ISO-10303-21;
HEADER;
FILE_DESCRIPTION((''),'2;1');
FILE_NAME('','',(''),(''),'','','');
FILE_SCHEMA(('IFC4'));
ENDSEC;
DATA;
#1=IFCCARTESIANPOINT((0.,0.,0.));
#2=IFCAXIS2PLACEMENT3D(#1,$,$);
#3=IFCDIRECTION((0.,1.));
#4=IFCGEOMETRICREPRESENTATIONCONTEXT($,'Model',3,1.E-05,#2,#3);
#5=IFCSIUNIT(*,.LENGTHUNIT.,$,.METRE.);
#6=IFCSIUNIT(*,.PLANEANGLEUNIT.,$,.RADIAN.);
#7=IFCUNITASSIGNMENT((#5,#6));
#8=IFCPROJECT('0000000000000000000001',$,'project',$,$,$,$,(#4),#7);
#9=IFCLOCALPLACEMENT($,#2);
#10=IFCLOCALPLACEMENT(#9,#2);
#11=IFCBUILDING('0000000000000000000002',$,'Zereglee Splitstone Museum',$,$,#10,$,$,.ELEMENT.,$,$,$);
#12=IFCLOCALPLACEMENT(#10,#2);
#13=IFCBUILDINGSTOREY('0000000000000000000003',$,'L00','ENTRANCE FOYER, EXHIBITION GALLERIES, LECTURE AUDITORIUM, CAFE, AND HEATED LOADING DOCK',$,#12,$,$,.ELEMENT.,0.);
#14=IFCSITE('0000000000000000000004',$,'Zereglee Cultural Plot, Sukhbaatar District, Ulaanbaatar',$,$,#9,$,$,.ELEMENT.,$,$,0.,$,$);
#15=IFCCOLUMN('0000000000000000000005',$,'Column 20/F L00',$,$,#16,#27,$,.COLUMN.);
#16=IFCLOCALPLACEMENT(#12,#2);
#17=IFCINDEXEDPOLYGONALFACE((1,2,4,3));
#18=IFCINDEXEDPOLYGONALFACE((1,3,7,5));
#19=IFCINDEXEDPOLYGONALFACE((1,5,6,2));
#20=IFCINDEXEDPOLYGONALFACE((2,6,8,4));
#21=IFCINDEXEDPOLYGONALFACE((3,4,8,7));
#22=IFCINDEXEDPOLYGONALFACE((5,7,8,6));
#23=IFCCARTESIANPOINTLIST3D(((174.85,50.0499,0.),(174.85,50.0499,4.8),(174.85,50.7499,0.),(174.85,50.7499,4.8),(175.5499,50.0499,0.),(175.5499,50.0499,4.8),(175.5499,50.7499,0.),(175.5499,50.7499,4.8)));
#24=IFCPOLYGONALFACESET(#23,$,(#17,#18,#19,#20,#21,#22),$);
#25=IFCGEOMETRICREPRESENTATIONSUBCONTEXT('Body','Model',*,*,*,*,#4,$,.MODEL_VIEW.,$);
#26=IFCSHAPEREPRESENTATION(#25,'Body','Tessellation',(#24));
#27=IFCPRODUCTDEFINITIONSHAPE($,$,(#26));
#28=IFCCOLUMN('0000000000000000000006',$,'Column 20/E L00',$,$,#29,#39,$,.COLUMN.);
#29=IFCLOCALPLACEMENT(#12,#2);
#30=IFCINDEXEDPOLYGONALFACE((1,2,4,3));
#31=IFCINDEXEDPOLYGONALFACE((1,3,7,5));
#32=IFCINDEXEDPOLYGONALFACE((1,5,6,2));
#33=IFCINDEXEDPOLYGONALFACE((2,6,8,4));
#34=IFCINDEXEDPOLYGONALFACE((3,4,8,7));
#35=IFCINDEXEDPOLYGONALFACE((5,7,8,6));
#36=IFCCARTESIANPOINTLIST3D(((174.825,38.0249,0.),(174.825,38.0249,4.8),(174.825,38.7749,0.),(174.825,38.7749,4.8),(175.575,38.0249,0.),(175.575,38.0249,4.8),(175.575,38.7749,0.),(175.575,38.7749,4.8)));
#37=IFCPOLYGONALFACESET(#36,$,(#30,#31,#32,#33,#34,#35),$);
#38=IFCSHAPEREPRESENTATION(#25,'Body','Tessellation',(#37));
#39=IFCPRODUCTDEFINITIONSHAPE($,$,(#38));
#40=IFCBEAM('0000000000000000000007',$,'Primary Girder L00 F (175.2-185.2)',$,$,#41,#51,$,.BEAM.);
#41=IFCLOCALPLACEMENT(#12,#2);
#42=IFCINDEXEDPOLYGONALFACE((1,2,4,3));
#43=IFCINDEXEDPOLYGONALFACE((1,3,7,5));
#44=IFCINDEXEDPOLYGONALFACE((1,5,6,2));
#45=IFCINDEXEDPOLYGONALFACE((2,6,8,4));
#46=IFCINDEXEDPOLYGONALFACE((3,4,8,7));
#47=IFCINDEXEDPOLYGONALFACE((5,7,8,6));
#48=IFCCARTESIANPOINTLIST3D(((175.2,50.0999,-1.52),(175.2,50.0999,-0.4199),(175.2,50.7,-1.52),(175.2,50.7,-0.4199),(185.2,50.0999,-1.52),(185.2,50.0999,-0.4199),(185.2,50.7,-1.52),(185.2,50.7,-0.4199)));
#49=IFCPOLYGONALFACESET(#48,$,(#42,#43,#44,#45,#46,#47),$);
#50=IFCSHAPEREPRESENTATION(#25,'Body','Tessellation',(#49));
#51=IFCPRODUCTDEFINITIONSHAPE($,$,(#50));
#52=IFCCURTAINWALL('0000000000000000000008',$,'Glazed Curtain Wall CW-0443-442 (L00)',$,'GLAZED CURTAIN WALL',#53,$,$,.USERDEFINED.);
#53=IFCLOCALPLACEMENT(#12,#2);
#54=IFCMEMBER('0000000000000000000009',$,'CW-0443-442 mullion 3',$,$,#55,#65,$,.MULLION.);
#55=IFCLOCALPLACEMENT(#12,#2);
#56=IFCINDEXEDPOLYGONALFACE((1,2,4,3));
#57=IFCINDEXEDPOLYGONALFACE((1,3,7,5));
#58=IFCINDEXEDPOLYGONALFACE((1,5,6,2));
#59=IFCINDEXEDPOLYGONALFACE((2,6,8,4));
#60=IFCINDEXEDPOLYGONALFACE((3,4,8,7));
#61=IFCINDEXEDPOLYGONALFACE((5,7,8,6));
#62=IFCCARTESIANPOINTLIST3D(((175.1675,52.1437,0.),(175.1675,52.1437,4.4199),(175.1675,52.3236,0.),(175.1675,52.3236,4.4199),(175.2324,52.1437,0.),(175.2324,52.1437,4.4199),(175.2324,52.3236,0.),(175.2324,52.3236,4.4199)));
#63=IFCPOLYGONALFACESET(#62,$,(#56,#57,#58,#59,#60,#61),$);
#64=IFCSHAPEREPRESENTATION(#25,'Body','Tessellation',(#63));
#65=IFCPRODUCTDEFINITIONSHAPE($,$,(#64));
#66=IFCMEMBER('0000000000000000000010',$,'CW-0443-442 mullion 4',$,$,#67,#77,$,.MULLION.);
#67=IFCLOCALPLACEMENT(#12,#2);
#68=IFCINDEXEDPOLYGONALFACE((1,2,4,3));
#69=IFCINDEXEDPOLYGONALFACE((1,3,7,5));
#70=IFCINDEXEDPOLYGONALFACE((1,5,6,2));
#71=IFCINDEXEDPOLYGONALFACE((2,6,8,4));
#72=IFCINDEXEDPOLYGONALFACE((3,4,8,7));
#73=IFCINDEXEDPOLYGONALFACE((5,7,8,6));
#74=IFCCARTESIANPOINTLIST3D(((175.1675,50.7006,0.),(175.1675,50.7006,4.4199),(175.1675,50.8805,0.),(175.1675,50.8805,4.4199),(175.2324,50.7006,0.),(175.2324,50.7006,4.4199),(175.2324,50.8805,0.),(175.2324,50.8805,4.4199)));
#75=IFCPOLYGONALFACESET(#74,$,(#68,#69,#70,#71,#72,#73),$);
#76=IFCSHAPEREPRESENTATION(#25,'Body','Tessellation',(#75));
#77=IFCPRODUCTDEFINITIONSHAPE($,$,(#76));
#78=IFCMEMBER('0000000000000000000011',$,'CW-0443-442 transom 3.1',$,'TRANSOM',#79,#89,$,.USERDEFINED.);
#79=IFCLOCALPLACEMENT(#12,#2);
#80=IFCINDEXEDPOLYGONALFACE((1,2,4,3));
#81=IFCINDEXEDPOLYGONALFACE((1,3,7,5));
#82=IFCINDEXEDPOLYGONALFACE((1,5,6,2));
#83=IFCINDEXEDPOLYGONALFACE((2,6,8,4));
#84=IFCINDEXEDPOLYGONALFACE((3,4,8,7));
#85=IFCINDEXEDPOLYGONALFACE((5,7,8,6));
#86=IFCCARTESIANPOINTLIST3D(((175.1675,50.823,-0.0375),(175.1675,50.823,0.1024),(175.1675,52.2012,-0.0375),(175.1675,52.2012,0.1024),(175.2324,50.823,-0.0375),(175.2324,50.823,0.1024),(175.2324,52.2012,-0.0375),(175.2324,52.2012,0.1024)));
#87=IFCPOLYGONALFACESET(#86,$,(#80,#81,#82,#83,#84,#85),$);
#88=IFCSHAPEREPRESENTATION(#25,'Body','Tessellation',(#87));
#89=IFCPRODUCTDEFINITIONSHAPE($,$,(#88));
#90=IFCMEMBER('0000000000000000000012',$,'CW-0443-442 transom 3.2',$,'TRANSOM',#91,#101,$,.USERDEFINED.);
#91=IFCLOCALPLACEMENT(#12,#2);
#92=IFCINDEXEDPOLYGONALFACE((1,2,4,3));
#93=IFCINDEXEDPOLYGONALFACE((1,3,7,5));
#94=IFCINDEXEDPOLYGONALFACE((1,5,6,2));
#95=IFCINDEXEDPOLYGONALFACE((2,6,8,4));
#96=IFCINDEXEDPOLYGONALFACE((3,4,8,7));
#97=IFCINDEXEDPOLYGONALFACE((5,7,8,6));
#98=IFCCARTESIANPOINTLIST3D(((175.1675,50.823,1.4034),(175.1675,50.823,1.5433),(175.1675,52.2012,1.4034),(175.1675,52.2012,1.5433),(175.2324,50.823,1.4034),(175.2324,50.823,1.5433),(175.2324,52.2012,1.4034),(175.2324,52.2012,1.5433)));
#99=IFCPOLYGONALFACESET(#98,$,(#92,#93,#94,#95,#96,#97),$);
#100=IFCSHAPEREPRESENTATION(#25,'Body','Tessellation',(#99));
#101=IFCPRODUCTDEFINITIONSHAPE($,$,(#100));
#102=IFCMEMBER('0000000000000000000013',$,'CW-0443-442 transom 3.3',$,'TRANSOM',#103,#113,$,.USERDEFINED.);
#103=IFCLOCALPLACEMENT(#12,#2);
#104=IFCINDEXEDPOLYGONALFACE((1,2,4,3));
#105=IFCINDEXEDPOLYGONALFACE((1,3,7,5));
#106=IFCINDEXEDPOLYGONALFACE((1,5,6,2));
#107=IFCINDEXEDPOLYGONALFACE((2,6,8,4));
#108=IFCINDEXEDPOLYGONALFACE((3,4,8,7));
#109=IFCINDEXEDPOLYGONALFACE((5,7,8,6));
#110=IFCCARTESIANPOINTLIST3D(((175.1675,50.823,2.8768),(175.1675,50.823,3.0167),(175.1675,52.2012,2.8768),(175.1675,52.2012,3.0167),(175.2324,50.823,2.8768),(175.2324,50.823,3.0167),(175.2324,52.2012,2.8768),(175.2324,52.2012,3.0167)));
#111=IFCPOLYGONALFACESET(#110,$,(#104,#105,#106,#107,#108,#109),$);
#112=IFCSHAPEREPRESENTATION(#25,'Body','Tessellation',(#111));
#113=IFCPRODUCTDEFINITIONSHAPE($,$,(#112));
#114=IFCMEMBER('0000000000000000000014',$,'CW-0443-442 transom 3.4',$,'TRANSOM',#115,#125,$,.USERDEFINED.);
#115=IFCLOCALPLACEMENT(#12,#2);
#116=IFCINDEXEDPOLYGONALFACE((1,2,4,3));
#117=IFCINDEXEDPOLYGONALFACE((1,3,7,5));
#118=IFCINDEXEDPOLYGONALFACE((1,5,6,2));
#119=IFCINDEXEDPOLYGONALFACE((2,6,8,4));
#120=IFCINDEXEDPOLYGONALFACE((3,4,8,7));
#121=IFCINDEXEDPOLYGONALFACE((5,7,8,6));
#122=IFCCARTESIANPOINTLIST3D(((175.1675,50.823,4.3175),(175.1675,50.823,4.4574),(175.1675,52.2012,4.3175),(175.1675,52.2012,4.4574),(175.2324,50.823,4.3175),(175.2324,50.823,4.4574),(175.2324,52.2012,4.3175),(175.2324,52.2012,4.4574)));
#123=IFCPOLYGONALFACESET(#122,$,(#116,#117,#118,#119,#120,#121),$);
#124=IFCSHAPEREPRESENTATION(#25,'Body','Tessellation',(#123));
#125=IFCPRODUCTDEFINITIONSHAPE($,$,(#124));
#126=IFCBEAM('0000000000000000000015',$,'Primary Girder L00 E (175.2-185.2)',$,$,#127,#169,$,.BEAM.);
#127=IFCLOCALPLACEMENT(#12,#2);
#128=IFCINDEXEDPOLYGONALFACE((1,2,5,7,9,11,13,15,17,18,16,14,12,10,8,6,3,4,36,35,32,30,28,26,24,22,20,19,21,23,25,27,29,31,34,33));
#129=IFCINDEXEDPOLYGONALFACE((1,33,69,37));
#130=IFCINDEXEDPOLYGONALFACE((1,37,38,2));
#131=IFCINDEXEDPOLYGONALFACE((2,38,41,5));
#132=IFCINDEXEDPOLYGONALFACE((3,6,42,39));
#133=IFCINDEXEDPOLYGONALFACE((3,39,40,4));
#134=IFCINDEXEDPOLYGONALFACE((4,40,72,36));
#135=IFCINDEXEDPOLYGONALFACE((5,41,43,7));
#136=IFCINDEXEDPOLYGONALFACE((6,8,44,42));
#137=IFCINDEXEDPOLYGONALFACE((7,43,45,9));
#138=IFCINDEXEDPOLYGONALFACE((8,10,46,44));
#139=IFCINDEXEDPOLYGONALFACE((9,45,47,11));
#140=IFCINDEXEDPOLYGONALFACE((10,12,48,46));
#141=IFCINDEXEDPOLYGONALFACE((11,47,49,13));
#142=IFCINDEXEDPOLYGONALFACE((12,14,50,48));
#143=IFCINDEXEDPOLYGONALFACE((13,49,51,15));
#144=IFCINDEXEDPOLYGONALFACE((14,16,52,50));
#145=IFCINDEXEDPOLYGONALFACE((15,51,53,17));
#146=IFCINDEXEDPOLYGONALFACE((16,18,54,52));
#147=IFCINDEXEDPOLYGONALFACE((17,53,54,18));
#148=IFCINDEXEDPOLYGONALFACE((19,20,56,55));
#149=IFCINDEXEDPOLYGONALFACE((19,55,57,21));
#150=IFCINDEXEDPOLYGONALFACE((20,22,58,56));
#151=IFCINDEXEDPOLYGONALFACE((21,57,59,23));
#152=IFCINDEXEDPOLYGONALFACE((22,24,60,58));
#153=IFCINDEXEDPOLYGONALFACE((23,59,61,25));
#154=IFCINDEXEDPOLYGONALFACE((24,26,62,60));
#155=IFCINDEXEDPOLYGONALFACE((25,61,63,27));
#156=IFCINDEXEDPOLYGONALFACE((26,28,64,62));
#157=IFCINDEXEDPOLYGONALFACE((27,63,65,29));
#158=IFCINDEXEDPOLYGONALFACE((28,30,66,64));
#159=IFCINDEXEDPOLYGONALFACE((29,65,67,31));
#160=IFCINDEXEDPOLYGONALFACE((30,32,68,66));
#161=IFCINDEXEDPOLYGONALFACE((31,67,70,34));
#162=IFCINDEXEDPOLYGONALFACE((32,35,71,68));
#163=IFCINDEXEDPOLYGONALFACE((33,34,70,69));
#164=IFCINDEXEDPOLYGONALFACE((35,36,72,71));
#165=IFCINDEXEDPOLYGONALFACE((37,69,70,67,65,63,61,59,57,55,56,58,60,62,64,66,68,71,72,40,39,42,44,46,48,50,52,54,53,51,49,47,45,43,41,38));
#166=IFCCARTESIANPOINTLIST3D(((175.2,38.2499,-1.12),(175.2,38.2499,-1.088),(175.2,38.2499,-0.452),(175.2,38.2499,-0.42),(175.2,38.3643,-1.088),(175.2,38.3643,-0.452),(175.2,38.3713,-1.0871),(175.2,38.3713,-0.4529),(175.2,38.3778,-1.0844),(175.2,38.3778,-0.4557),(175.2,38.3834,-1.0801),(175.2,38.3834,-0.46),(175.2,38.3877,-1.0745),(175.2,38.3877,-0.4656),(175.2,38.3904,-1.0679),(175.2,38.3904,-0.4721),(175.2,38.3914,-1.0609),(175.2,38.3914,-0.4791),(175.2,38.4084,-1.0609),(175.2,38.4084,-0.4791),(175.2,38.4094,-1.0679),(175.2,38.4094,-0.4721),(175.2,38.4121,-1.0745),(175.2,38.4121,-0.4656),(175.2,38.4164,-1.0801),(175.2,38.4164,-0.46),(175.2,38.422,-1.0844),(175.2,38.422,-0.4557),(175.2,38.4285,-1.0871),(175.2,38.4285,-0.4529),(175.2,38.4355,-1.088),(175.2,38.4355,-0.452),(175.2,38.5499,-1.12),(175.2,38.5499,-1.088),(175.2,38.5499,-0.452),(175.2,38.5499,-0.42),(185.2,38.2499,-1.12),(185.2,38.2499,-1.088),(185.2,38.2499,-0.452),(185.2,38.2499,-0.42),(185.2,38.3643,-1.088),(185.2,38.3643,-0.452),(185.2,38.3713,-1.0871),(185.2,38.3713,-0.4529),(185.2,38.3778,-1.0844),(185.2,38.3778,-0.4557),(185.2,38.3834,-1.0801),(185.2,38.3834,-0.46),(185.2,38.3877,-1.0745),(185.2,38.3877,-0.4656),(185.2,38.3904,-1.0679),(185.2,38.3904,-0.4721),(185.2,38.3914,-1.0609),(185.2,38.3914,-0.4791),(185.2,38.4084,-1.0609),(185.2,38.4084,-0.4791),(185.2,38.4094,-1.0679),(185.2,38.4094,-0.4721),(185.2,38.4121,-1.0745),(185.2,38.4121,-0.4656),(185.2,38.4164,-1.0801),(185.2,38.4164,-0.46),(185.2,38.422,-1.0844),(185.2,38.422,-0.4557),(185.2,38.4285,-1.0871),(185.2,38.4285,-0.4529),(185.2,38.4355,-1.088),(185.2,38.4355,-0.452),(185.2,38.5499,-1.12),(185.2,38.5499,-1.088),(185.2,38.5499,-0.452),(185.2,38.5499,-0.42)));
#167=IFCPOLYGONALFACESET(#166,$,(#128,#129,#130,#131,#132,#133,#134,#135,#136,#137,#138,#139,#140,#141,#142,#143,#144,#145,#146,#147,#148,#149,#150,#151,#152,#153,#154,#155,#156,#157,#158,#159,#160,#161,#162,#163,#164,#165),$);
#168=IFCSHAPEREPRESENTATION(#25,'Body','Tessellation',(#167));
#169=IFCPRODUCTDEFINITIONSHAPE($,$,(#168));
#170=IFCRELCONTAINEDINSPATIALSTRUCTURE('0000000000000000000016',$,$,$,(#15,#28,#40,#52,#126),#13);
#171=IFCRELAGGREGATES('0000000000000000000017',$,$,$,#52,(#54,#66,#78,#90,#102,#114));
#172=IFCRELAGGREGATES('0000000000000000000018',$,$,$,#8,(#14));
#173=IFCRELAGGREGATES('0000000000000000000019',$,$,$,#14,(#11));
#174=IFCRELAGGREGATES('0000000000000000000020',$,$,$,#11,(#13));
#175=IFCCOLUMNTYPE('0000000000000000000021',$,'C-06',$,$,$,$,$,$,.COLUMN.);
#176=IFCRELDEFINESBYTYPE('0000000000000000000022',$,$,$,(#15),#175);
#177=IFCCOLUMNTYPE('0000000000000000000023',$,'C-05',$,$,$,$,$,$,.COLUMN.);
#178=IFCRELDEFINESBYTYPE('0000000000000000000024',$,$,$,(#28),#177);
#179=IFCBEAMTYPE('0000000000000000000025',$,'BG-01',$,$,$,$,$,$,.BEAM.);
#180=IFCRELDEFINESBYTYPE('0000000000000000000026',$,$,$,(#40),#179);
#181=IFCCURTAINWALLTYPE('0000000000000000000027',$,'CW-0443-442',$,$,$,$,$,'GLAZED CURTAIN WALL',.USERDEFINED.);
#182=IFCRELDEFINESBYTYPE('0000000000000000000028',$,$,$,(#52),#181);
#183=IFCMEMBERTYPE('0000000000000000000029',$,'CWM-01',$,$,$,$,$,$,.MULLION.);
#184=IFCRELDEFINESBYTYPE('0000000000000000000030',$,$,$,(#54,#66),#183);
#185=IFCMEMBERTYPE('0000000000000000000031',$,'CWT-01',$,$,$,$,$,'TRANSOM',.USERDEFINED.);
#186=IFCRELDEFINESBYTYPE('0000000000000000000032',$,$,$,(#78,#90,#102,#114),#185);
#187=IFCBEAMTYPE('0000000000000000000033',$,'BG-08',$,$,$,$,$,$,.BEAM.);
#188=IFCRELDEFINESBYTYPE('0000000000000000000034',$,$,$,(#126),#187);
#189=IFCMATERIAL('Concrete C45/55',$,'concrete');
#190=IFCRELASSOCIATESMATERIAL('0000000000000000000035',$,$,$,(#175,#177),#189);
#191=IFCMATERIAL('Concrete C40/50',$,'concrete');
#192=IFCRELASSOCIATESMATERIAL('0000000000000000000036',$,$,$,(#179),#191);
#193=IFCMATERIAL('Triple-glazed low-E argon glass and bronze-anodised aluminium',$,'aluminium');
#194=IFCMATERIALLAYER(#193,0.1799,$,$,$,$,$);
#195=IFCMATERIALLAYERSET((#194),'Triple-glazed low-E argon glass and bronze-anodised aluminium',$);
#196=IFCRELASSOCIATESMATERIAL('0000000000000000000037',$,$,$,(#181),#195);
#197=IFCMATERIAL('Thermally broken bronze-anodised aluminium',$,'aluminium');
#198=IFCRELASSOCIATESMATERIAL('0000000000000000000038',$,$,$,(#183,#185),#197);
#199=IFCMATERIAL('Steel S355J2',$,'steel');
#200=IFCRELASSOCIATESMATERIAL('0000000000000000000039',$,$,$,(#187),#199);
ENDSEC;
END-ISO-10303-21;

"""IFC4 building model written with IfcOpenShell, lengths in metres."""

from ifc_helpers import new_model, si_unit, direction, frame, origin, origin_2d, place, context, subcontext, project, spatial, rectangle, i_section, extrude, material, layer, layer_set, material_profile, profile_set, type_object, element, aggregate, save


model = new_model("IFC4")

# Units and contexts
model_context = context("Model", 3, precision=1e-05, world=origin(), true_north=direction((0.0, 1.0)))
body_context = subcontext(model_context, "Body", "Model", "MODEL_VIEW")
ifc_project = project(units=[si_unit("LENGTHUNIT", "METRE"), si_unit("PLANEANGLEUNIT", "RADIAN")], contexts=[model_context])

# Site, building, storey
site_placement = place(None, origin())
site = spatial("IfcSite", under=ifc_project, at=site_placement, Name="Zereglee Cultural Plot, Sukhbaatar District, Ulaanbaatar", CompositionType="ELEMENT", RefElevation=0.0)
building_placement = place(site_placement, origin())
building = spatial("IfcBuilding", under=site, at=building_placement, Name="Zereglee Splitstone Museum", CompositionType="ELEMENT")
storey_placement = place(building_placement, origin())
storey = spatial("IfcBuildingStorey", under=building, at=storey_placement, Name="L00", Description="ENTRANCE FOYER, EXHIBITION GALLERIES, LECTURE AUDITORIUM, CAFE, AND HEATED LOADING DOCK", CompositionType="ELEMENT", Elevation=0.0)

# Columns
ifc_material_1 = material(Name="Concrete C45/55", Category="concrete")
ifc_material_profile_1 = material_profile(ifc_material_1, rectangle(XDim=0.7, YDim=0.7, at=origin_2d()), Name="RC 700x700")
ifc_profile_set_1 = profile_set([ifc_material_profile_1], Name="Concrete C45/55")
column_type_1 = type_object("IfcColumnType", Name="C-06", PredefinedType="COLUMN", material=ifc_profile_set_1)
column_1_placement = place(storey_placement, frame((175.2, 50.3999, 0.0), z_axis=(0.0, 0.0, 1.0), x_axis=(1.0, 0.0, 0.0)))
element("IfcColumn", 1, at=column_1_placement, inside=storey, type_object=column_type_1, Name="Column 20/F L00", PredefinedType="COLUMN", context=body_context, shape_type="SweptSolid", body=[
    extrude(rectangle(XDim=0.7, YDim=0.7, at=origin_2d()), origin(), (0.0, 0.0, 1.0), 4.8),
])
ifc_material_profile_2 = material_profile(ifc_material_1, rectangle(XDim=0.75, YDim=0.75, at=origin_2d()), Name="RC 750x750")
ifc_profile_set_2 = profile_set([ifc_material_profile_2], Name="Concrete C45/55")
column_type_2 = type_object("IfcColumnType", Name="C-05", PredefinedType="COLUMN", material=ifc_profile_set_2)
column_2_placement = place(storey_placement, frame((175.2, 38.3999, 0.0), z_axis=(0.0, 0.0, 1.0), x_axis=(1.0, 0.0, 0.0)))
element("IfcColumn", 2, at=column_2_placement, inside=storey, type_object=column_type_2, Name="Column 20/E L00", PredefinedType="COLUMN", context=body_context, shape_type="SweptSolid", body=[
    extrude(rectangle(XDim=0.75, YDim=0.75, at=origin_2d()), origin(), (0.0, 0.0, 1.0), 4.8),
])

# Beam
ifc_material_2 = material(Name="Concrete C40/50", Category="concrete")
ifc_material_profile_3 = material_profile(ifc_material_2, rectangle(XDim=0.6001, YDim=1.1001, at=origin_2d()), Name="RC 600x1100")
ifc_profile_set_3 = profile_set([ifc_material_profile_3], Name="Concrete C40/50")
beam_type_1 = type_object("IfcBeamType", Name="BG-01", PredefinedType="BEAM", material=ifc_profile_set_3)
beam_1_placement = place(storey_placement, frame((175.2, 50.3999, -0.97), z_axis=(1.0, 0.0, 0.0), x_axis=(0.0, 1.0, 0.0)))
element("IfcBeam", 3, at=beam_1_placement, inside=storey, type_object=beam_type_1, Name="Primary Girder L00 F (175.2-185.2)", PredefinedType="BEAM", context=body_context, shape_type="SweptSolid", body=[
    extrude(rectangle(XDim=0.6001, YDim=1.1001, at=origin_2d()), origin(), (0.0, 0.0, 1.0), 10.0),
])

# Curtain wall, members
ifc_material_3 = material(Name="Triple-glazed low-E argon glass and bronze-anodised aluminium", Category="aluminium")
ifc_layer_1 = layer(ifc_material_3, 0.1799)
ifc_layer_set_1 = layer_set([ifc_layer_1], Name="Triple-glazed low-E argon glass and bronze-anodised aluminium")
curtain_wall_type = type_object("IfcCurtainWallType", Name="CW-0443-442", ElementType="GLAZED CURTAIN WALL", PredefinedType="USERDEFINED", material=ifc_layer_set_1)
curtain_wall_placement = place(storey_placement, origin())
curtain_wall = element("IfcCurtainWall", 4, at=curtain_wall_placement, inside=storey, type_object=curtain_wall_type, Name="Glazed Curtain Wall CW-0443-442 (L00)", ObjectType="GLAZED CURTAIN WALL", PredefinedType="USERDEFINED")
ifc_material_4 = material(Name="Thermally broken bronze-anodised aluminium", Category="aluminium")
ifc_material_profile_4 = material_profile(ifc_material_4, rectangle(XDim=0.0649, YDim=0.1799, at=origin_2d()), Name="CW MULL 65x180")
ifc_profile_set_4 = profile_set([ifc_material_profile_4], Name="Thermally broken bronze-anodised aluminium")
member_type_1 = type_object("IfcMemberType", Name="CWM-01", PredefinedType="MULLION", material=ifc_profile_set_4)
member_1_placement = place(storey_placement, frame((175.2, 52.2336, 0.0), z_axis=(0.0, 0.0, 1.0), x_axis=(1.0, 0.0, 0.0)))
member_1 = element("IfcMember", 5, at=member_1_placement, type_object=member_type_1, Name="CW-0443-442 mullion 3", PredefinedType="MULLION", context=body_context, shape_type="SweptSolid", body=[
    extrude(rectangle(XDim=0.0649, YDim=0.1799, at=origin_2d()), origin(), (0.0, 0.0, 1.0), 4.4199),
])
member_2_placement = place(storey_placement, frame((175.2, 50.7905, 0.0), z_axis=(0.0, 0.0, 1.0), x_axis=(1.0, 0.0, 0.0)))
member_2 = element("IfcMember", 6, at=member_2_placement, type_object=member_type_1, Name="CW-0443-442 mullion 4", PredefinedType="MULLION", context=body_context, shape_type="SweptSolid", body=[
    extrude(rectangle(XDim=0.0649, YDim=0.1799, at=origin_2d()), origin(), (0.0, 0.0, 1.0), 4.4199),
])
ifc_material_profile_5 = material_profile(ifc_material_4, rectangle(XDim=0.0649, YDim=0.1399, at=origin_2d()), Name="CW TRAN 65x140")
ifc_profile_set_5 = profile_set([ifc_material_profile_5], Name="Thermally broken bronze-anodised aluminium")
member_type_2 = type_object("IfcMemberType", Name="CWT-01", ElementType="TRANSOM", PredefinedType="USERDEFINED", material=ifc_profile_set_5)
member_3_placement = place(storey_placement, frame((175.2, 52.2012, 0.0325), z_axis=(0.0, -1.0, 0.0), x_axis=(1.0, 0.0, 0.0)))
member_3 = element("IfcMember", 7, at=member_3_placement, type_object=member_type_2, Name="CW-0443-442 transom 3.1", ObjectType="TRANSOM", PredefinedType="USERDEFINED", context=body_context, shape_type="SweptSolid", body=[
    extrude(rectangle(XDim=0.0649, YDim=0.1399, at=origin_2d()), origin(), (0.0, 0.0, 1.0), 1.3782),
])
member_4_placement = place(storey_placement, frame((175.2, 52.2012, 1.4734), z_axis=(0.0, -1.0, 0.0), x_axis=(1.0, 0.0, 0.0)))
member_4 = element("IfcMember", 8, at=member_4_placement, type_object=member_type_2, Name="CW-0443-442 transom 3.2", ObjectType="TRANSOM", PredefinedType="USERDEFINED", context=body_context, shape_type="SweptSolid", body=[
    extrude(rectangle(XDim=0.0649, YDim=0.1399, at=origin_2d()), origin(), (0.0, 0.0, 1.0), 1.3782),
])
member_5_placement = place(storey_placement, frame((175.2, 52.2012, 2.9468), z_axis=(0.0, -1.0, 0.0), x_axis=(1.0, 0.0, 0.0)))
member_5 = element("IfcMember", 9, at=member_5_placement, type_object=member_type_2, Name="CW-0443-442 transom 3.3", ObjectType="TRANSOM", PredefinedType="USERDEFINED", context=body_context, shape_type="SweptSolid", body=[
    extrude(rectangle(XDim=0.0649, YDim=0.1399, at=origin_2d()), origin(), (0.0, 0.0, 1.0), 1.3782),
])
member_6_placement = place(storey_placement, frame((175.2, 52.2012, 4.3875), z_axis=(0.0, -1.0, 0.0), x_axis=(1.0, 0.0, 0.0)))
member_6 = element("IfcMember", 10, at=member_6_placement, type_object=member_type_2, Name="CW-0443-442 transom 3.4", ObjectType="TRANSOM", PredefinedType="USERDEFINED", context=body_context, shape_type="SweptSolid", body=[
    extrude(rectangle(XDim=0.0649, YDim=0.1399, at=origin_2d()), origin(), (0.0, 0.0, 1.0), 1.3782),
])

# Beam
ifc_material_5 = material(Name="Steel S355J2", Category="steel")
ifc_material_profile_6 = material_profile(ifc_material_5, i_section(OverallWidth=0.3, OverallDepth=0.7, WebThickness=0.0171, FlangeThickness=0.032, FilletRadius=0.0271, at=origin_2d()), Name="HE 700 B")
ifc_profile_set_6 = profile_set([ifc_material_profile_6], Name="Steel S355J2")
beam_type_2 = type_object("IfcBeamType", Name="BG-08", PredefinedType="BEAM", material=ifc_profile_set_6)
beam_2_placement = place(storey_placement, frame((175.2, 38.3999, -0.77), z_axis=(1.0, 0.0, 0.0), x_axis=(0.0, 1.0, 0.0)))
element("IfcBeam", 11, at=beam_2_placement, inside=storey, type_object=beam_type_2, Name="Primary Girder L00 E (175.2-185.2)", PredefinedType="BEAM", context=body_context, shape_type="SweptSolid", body=[
    extrude(i_section(OverallWidth=0.3, OverallDepth=0.7, WebThickness=0.0171, FlangeThickness=0.032, FilletRadius=0.0271, at=origin_2d()), origin(), (0.0, 0.0, 1.0), 10.0),
])

aggregate(curtain_wall, [member_1, member_2, member_3, member_4, member_5, member_6])

save(model, "model.ifc")
